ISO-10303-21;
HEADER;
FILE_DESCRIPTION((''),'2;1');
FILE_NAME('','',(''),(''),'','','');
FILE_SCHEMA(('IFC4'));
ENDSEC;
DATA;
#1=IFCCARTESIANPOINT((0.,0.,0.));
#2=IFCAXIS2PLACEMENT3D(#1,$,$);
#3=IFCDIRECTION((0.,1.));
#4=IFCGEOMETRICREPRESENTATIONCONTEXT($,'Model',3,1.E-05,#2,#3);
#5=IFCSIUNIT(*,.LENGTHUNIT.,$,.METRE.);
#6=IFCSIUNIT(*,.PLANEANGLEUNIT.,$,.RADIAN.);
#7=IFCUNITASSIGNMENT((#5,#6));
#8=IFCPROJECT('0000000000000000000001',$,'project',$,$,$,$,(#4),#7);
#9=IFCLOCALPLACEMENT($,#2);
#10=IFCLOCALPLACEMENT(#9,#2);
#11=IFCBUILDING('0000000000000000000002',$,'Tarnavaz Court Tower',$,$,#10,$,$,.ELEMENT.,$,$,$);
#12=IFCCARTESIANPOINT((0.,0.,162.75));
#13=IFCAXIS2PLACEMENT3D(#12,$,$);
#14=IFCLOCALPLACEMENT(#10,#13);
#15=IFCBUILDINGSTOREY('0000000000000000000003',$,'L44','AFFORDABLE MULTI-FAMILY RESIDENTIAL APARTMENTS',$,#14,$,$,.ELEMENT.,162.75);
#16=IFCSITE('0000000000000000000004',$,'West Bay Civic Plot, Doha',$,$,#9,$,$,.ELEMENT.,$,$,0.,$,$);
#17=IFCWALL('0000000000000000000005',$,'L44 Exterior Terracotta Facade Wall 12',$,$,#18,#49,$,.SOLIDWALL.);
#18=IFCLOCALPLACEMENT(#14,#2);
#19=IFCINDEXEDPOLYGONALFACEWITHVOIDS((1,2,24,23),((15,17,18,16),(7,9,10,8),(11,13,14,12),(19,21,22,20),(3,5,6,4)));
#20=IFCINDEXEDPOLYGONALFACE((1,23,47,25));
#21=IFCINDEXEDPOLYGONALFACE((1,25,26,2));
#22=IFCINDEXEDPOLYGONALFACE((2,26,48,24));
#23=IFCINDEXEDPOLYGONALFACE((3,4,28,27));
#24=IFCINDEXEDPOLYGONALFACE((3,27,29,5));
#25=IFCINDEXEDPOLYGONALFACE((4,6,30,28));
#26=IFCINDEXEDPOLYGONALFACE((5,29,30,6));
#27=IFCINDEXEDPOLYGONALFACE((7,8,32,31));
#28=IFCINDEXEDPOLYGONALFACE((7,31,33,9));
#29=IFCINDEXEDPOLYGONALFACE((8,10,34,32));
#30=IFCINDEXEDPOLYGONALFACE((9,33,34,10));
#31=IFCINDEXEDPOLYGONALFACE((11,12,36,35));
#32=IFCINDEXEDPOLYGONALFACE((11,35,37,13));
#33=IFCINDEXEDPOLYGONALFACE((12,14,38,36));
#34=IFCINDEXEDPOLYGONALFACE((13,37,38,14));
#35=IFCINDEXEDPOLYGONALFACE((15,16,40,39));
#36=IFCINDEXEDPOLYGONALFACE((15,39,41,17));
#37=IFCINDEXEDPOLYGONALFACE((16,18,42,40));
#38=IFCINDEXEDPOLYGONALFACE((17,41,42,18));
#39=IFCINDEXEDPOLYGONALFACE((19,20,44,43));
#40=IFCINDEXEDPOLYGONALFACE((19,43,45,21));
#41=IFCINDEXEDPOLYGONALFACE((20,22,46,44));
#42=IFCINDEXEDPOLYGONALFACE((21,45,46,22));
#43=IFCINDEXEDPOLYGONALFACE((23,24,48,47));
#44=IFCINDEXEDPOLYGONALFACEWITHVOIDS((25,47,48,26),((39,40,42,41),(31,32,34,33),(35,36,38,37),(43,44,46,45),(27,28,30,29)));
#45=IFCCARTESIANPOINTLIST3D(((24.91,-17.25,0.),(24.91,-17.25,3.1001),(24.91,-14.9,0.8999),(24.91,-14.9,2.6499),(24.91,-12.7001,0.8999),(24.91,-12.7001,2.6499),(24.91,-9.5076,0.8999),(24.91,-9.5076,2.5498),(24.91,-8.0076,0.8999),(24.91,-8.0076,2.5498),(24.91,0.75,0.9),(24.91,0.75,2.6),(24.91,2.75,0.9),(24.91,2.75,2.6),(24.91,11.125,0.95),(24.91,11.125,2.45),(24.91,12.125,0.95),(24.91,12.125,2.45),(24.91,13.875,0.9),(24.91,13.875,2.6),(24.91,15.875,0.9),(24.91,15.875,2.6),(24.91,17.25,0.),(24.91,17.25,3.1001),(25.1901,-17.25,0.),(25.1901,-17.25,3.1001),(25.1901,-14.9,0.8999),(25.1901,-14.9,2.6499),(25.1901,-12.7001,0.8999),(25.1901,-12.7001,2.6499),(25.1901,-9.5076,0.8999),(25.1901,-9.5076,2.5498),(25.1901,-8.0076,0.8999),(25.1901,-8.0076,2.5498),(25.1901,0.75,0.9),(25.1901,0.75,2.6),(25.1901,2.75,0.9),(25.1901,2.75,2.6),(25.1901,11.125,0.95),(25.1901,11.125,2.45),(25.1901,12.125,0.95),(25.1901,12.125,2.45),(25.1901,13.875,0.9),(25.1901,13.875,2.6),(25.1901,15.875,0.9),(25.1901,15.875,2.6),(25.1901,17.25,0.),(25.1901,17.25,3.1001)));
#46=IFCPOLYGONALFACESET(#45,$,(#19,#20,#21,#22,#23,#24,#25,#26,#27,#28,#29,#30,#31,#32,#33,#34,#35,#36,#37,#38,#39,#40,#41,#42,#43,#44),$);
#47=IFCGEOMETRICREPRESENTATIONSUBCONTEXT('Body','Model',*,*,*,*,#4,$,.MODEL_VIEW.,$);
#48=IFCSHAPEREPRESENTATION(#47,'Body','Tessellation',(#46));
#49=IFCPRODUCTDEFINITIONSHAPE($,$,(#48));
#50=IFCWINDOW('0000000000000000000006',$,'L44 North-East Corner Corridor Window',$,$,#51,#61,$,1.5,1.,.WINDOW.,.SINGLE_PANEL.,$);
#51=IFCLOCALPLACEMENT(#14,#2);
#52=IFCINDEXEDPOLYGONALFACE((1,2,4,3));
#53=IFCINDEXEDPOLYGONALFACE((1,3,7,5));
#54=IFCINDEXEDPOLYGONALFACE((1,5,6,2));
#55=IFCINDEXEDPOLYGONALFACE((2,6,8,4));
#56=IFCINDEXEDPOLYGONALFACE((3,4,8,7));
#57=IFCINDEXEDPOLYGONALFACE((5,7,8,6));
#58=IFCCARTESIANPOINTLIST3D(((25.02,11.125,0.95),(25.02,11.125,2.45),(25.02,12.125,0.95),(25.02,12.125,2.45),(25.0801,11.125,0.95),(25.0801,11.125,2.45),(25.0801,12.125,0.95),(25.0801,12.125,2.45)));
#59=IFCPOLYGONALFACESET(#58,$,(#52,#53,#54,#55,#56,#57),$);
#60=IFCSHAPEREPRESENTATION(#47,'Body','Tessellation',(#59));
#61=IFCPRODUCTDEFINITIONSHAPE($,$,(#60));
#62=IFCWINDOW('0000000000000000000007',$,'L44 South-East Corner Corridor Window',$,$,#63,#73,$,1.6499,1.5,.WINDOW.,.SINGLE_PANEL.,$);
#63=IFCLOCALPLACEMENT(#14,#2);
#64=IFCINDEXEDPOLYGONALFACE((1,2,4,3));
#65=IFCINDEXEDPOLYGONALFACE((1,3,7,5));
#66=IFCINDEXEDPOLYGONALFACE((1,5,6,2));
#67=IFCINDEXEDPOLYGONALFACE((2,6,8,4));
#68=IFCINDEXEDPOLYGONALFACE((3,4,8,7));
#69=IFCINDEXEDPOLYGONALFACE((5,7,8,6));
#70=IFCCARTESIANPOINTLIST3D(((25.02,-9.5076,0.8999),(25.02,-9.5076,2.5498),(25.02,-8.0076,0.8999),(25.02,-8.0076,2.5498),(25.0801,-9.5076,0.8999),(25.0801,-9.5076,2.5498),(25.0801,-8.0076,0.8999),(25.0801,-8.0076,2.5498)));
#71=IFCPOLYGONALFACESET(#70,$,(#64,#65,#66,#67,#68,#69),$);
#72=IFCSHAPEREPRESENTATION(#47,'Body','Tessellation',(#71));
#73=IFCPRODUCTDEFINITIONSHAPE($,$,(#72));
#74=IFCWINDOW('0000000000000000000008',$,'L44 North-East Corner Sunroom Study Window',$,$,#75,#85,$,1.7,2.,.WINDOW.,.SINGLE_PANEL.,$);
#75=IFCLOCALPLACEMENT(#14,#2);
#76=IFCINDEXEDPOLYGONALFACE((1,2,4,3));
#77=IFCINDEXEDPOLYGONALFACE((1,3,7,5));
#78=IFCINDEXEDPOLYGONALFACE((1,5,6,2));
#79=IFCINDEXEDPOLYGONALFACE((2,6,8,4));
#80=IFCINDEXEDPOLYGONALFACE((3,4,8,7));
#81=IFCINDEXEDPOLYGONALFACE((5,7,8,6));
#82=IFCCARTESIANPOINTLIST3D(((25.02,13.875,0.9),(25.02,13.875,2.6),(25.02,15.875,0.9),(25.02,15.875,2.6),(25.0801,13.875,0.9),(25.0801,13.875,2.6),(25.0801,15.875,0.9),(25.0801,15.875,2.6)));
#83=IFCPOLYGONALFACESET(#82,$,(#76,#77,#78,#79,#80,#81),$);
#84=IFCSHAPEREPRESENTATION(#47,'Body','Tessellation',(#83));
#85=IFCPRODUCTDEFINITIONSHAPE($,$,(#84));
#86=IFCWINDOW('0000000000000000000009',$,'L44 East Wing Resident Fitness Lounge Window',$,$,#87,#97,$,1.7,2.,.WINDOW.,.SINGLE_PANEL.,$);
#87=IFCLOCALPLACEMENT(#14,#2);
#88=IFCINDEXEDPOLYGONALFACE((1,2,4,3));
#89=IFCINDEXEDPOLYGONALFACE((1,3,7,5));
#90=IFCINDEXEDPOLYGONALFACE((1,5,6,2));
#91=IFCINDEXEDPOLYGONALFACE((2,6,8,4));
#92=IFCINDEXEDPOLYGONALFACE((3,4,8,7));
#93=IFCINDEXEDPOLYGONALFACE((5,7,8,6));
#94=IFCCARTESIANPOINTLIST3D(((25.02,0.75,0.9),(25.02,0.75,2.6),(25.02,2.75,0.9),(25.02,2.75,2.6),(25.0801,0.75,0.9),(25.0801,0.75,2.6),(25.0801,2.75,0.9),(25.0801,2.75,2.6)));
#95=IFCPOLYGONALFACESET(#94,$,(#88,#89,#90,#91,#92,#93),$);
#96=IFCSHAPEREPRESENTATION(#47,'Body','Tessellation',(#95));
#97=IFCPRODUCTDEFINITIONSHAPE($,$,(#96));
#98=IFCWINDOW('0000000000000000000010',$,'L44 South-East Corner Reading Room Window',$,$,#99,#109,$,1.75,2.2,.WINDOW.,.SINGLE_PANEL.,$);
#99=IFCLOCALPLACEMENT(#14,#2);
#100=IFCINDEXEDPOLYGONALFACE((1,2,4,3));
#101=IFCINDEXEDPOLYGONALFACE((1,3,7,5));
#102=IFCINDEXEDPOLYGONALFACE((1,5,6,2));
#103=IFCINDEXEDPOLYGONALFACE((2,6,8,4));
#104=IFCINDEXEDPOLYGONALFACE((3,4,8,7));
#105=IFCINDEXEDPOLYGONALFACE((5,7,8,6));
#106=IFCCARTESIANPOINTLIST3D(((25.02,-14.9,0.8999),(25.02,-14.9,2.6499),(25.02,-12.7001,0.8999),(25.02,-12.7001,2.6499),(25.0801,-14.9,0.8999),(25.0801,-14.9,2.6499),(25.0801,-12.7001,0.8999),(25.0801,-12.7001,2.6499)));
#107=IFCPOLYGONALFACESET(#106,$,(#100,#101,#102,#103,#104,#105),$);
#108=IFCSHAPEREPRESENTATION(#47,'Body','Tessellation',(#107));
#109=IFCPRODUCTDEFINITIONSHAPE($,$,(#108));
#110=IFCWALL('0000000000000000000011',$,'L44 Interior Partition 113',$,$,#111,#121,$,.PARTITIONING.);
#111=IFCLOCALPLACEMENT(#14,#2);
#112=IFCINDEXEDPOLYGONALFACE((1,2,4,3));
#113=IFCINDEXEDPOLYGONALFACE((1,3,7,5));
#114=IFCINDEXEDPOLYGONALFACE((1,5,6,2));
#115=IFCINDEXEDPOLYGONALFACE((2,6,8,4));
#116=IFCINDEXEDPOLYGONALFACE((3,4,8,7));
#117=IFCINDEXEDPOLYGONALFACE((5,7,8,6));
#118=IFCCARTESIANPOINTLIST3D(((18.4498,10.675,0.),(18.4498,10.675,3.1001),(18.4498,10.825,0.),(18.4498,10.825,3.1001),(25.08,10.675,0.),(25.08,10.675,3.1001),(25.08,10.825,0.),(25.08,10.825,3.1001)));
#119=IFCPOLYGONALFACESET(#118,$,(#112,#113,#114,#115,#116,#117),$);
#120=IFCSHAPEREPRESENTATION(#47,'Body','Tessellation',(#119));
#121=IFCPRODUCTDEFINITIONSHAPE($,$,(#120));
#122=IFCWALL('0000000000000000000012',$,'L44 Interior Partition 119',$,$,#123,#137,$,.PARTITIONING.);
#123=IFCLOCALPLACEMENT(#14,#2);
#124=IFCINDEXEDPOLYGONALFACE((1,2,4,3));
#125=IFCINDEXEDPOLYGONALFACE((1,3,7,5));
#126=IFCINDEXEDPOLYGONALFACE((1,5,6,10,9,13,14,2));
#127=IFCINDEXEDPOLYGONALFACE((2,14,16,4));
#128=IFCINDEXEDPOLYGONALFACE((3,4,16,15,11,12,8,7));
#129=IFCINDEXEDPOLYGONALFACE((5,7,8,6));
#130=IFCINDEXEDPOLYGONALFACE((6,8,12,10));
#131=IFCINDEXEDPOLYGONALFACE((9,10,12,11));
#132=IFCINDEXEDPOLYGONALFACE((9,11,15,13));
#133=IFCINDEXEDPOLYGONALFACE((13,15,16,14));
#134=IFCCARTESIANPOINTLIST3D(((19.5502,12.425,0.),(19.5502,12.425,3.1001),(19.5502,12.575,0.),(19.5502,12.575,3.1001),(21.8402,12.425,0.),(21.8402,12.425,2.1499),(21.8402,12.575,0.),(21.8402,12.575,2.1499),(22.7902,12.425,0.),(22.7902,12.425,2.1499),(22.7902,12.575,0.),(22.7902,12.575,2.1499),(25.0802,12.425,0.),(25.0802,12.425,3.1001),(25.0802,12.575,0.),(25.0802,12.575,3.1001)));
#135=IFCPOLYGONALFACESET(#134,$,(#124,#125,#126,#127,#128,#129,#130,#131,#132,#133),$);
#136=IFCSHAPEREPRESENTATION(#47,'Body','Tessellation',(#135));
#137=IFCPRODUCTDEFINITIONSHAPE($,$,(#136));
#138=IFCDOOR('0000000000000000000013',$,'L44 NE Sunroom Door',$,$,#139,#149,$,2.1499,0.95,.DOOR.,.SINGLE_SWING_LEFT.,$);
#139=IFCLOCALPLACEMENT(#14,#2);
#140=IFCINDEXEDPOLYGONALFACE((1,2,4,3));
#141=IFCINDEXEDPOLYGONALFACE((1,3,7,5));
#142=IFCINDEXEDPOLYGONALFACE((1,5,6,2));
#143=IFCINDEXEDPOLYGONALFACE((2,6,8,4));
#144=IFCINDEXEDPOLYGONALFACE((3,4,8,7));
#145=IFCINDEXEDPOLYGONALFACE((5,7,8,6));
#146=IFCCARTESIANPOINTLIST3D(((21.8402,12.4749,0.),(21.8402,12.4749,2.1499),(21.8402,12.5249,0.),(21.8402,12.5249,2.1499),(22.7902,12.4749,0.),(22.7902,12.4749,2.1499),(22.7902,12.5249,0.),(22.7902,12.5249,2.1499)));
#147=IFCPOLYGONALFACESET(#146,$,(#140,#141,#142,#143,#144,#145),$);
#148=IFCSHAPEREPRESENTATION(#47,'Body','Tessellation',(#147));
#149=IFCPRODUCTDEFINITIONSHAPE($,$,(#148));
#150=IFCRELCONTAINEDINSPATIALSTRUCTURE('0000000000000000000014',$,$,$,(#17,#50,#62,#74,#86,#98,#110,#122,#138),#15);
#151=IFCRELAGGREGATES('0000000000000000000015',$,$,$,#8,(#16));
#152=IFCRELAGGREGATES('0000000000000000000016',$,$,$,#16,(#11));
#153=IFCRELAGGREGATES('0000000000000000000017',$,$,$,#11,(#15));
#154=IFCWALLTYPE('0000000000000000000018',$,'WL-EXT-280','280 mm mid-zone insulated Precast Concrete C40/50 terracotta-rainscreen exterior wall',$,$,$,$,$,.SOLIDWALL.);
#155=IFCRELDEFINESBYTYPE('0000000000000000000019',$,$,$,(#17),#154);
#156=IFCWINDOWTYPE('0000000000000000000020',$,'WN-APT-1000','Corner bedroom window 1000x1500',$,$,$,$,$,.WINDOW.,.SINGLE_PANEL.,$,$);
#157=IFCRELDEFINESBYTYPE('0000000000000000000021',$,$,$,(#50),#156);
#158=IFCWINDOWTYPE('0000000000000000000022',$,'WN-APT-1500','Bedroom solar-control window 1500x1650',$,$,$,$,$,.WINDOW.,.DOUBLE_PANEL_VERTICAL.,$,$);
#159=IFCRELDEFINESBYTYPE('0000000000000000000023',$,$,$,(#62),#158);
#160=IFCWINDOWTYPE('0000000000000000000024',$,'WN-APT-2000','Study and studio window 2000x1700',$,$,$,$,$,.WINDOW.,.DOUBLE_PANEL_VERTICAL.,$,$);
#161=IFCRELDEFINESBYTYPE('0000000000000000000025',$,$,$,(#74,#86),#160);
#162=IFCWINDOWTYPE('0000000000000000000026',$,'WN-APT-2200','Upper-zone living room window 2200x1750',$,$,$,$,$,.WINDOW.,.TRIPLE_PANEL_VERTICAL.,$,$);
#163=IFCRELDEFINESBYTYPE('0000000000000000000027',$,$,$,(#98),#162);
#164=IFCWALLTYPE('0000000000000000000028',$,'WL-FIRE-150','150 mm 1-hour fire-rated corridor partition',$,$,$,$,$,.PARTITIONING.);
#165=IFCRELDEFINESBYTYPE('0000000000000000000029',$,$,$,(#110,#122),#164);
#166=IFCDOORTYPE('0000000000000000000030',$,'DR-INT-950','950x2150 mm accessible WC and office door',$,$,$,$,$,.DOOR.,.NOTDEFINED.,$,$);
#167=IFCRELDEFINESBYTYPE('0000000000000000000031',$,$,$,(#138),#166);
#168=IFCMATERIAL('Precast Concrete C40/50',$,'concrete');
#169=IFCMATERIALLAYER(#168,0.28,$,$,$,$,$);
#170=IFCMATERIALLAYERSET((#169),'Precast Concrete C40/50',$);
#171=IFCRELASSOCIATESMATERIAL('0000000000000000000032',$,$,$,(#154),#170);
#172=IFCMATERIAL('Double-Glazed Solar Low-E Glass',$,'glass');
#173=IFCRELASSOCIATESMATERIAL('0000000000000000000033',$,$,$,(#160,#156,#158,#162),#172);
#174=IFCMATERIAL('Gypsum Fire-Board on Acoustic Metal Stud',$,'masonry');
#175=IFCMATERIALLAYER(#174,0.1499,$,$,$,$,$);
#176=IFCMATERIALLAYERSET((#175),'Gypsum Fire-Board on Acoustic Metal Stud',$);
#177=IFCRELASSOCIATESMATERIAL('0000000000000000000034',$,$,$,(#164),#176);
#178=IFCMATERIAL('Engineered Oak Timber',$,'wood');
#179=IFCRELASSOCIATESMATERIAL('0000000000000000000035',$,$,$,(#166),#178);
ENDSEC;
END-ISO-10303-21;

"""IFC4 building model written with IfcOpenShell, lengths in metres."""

from ifc_helpers import new_model, si_unit, direction, frame, frame_2d, origin, place, context, subcontext, project, spatial, rectangle, extrude, material, layer, layer_set, type_object, element, fill, save


model = new_model("IFC4")

# Units and contexts
model_context = context("Model", 3, precision=1e-05, world=origin(), true_north=direction((0.0, 1.0)))
body_context = subcontext(model_context, "Body", "Model", "MODEL_VIEW")
ifc_project = project(units=[si_unit("LENGTHUNIT", "METRE"), si_unit("PLANEANGLEUNIT", "RADIAN")], contexts=[model_context])

# Site, building, storey
site_placement = place(None, origin())
site = spatial("IfcSite", under=ifc_project, at=site_placement, Name="West Bay Civic Plot, Doha", CompositionType="ELEMENT", RefElevation=0.0)
building_placement = place(site_placement, origin())
building = spatial("IfcBuilding", under=site, at=building_placement, Name="Tarnavaz Court Tower", CompositionType="ELEMENT")
storey_placement = place(building_placement, frame((0.0, 0.0, 162.75)))
storey = spatial("IfcBuildingStorey", under=building, at=storey_placement, Name="L44", Description="AFFORDABLE MULTI-FAMILY RESIDENTIAL APARTMENTS", CompositionType="ELEMENT", Elevation=162.75)

# Shared definitions
ifc_material_1 = material(Name="Precast Concrete C40/50", Category="concrete")
ifc_layer_1 = layer(ifc_material_1, 0.28)
ifc_layer_set_1 = layer_set([ifc_layer_1], Name="Precast Concrete C40/50")
wall_type_1 = type_object("IfcWallType", Name="WL-EXT-280", Description="280 mm mid-zone insulated Precast Concrete C40/50 terracotta-rainscreen exterior wall", PredefinedType="SOLIDWALL", material=ifc_layer_set_1)
ifc_material_2 = material(Name="Double-Glazed Solar Low-E Glass", Category="glass")
window_type_1 = type_object("IfcWindowType", Name="WN-APT-2000", Description="Study and studio window 2000x1700", PartitioningType="DOUBLE_PANEL_VERTICAL", PredefinedType="WINDOW", material=ifc_material_2)

# Wall, openings, windows
wall_1_placement = place(storey_placement, frame((25.05, 17.25, 0.0), z_axis=(0.0, 0.0, 1.0), x_axis=(0.0, -1.0, 0.0)))
wall_1 = element("IfcWall", 1, at=wall_1_placement, inside=storey, type_object=wall_type_1, Name="L44 Exterior Terracotta Facade Wall 12", PredefinedType="SOLIDWALL", context=body_context, shape_type="SweptSolid", body=[
    extrude(rectangle(XDim=34.5, YDim=0.28, at=frame_2d((17.25, 0.0))), origin(), (0.0, 0.0, 1.0), 3.1001),
])
opening_1_placement = place(wall_1_placement, frame((1.375, 0.0, 0.8999)))
opening_1 = element("IfcOpeningElement", 2, at=opening_1_placement, cuts=wall_1, PredefinedType="OPENING", context=body_context, shape_type="SweptSolid", body=[
    extrude(rectangle(XDim=2.0, YDim=1.7, at=frame_2d((1.0, 0.8501))), frame((0.0, 0.1499, 0.0), z_axis=(0.0, -1.0, 0.0), x_axis=(1.0, 0.0, 0.0)), (0.0, 0.0, 1.0), 0.3),
])
opening_2_placement = place(wall_1_placement, frame((5.125, 0.0, 0.95)))
opening_2 = element("IfcOpeningElement", 3, at=opening_2_placement, cuts=wall_1, PredefinedType="OPENING", context=body_context, shape_type="SweptSolid", body=[
    extrude(rectangle(XDim=1.0, YDim=1.5, at=frame_2d((0.5, 0.75))), frame((0.0, 0.1499, 0.0), z_axis=(0.0, -1.0, 0.0), x_axis=(1.0, 0.0, 0.0)), (0.0, 0.0, 1.0), 0.3),
])
opening_3_placement = place(wall_1_placement, frame((14.5, 0.0, 0.8999)))
opening_3 = element("IfcOpeningElement", 4, at=opening_3_placement, cuts=wall_1, PredefinedType="OPENING", context=body_context, shape_type="SweptSolid", body=[
    extrude(rectangle(XDim=2.0, YDim=1.7, at=frame_2d((1.0, 0.8501))), frame((0.0, 0.1499, 0.0), z_axis=(0.0, -1.0, 0.0), x_axis=(1.0, 0.0, 0.0)), (0.0, 0.0, 1.0), 0.3),
])
opening_4_placement = place(wall_1_placement, frame((25.2576, 0.0, 0.8999)))
opening_4 = element("IfcOpeningElement", 5, at=opening_4_placement, cuts=wall_1, PredefinedType="OPENING", context=body_context, shape_type="SweptSolid", body=[
    extrude(rectangle(XDim=1.5, YDim=1.6499, at=frame_2d((0.75, 0.825))), frame((0.0, 0.1499, 0.0), z_axis=(0.0, -1.0, 0.0), x_axis=(1.0, 0.0, 0.0)), (0.0, 0.0, 1.0), 0.3),
])
opening_5_placement = place(wall_1_placement, frame((29.95, 0.0, 0.8999)))
opening_5 = element("IfcOpeningElement", 6, at=opening_5_placement, cuts=wall_1, PredefinedType="OPENING", context=body_context, shape_type="SweptSolid", body=[
    extrude(rectangle(XDim=2.2, YDim=1.75, at=frame_2d((1.1001, 0.875))), frame((0.0, 0.1499, 0.0), z_axis=(0.0, -1.0, 0.0), x_axis=(1.0, 0.0, 0.0)), (0.0, 0.0, 1.0), 0.3),
])
window_type_2 = type_object("IfcWindowType", Name="WN-APT-1000", Description="Corner bedroom window 1000x1500", PartitioningType="SINGLE_PANEL", PredefinedType="WINDOW", material=ifc_material_2)
window_1_placement = place(opening_2_placement, origin())
window_1 = element("IfcWindow", 7, at=window_1_placement, inside=storey, type_object=window_type_2, Name="L44 North-East Corner Corridor Window", OverallHeight=1.5, OverallWidth=1.0, PartitioningType="SINGLE_PANEL", PredefinedType="WINDOW", context=body_context, shape_type="SweptSolid", body=[
    extrude(rectangle(XDim=1.0, YDim=1.5, at=frame_2d((0.5, 0.75))), frame((0.0, 0.03, 0.0), z_axis=(0.0, -1.0, 0.0), x_axis=(1.0, 0.0, 0.0)), (0.0, 0.0, 1.0), 0.0601),
])
fill(opening_2, window_1)
window_type_3 = type_object("IfcWindowType", Name="WN-APT-1500", Description="Bedroom solar-control window 1500x1650", PartitioningType="DOUBLE_PANEL_VERTICAL", PredefinedType="WINDOW", material=ifc_material_2)
window_2_placement = place(opening_4_placement, origin())
window_2 = element("IfcWindow", 8, at=window_2_placement, inside=storey, type_object=window_type_3, Name="L44 South-East Corner Corridor Window", OverallHeight=1.6499, OverallWidth=1.5, PartitioningType="SINGLE_PANEL", PredefinedType="WINDOW", context=body_context, shape_type="SweptSolid", body=[
    extrude(rectangle(XDim=1.5, YDim=1.6499, at=frame_2d((0.75, 0.825))), frame((0.0, 0.03, 0.0), z_axis=(0.0, -1.0, 0.0), x_axis=(1.0, 0.0, 0.0)), (0.0, 0.0, 1.0), 0.0601),
])
fill(opening_4, window_2)
window_3_placement = place(opening_1_placement, origin())
window_3 = element("IfcWindow", 9, at=window_3_placement, inside=storey, type_object=window_type_1, Name="L44 North-East Corner Sunroom Study Window", OverallHeight=1.7, OverallWidth=2.0, PartitioningType="SINGLE_PANEL", PredefinedType="WINDOW", context=body_context, shape_type="SweptSolid", body=[
    extrude(rectangle(XDim=2.0, YDim=1.7, at=frame_2d((1.0, 0.8501))), frame((0.0, 0.03, 0.0), z_axis=(0.0, -1.0, 0.0), x_axis=(1.0, 0.0, 0.0)), (0.0, 0.0, 1.0), 0.0601),
])
fill(opening_1, window_3)
window_4_placement = place(opening_3_placement, origin())
window_4 = element("IfcWindow", 10, at=window_4_placement, inside=storey, type_object=window_type_1, Name="L44 East Wing Resident Fitness Lounge Window", OverallHeight=1.7, OverallWidth=2.0, PartitioningType="SINGLE_PANEL", PredefinedType="WINDOW", context=body_context, shape_type="SweptSolid", body=[
    extrude(rectangle(XDim=2.0, YDim=1.7, at=frame_2d((1.0, 0.8501))), frame((0.0, 0.03, 0.0), z_axis=(0.0, -1.0, 0.0), x_axis=(1.0, 0.0, 0.0)), (0.0, 0.0, 1.0), 0.0601),
])
fill(opening_3, window_4)
window_type_4 = type_object("IfcWindowType", Name="WN-APT-2200", Description="Upper-zone living room window 2200x1750", PartitioningType="TRIPLE_PANEL_VERTICAL", PredefinedType="WINDOW", material=ifc_material_2)
window_5_placement = place(opening_5_placement, origin())
window_5 = element("IfcWindow", 11, at=window_5_placement, inside=storey, type_object=window_type_4, Name="L44 South-East Corner Reading Room Window", OverallHeight=1.75, OverallWidth=2.2, PartitioningType="SINGLE_PANEL", PredefinedType="WINDOW", context=body_context, shape_type="SweptSolid", body=[
    extrude(rectangle(XDim=2.2, YDim=1.75, at=frame_2d((1.1001, 0.875))), frame((0.0, 0.03, 0.0), z_axis=(0.0, -1.0, 0.0), x_axis=(1.0, 0.0, 0.0)), (0.0, 0.0, 1.0), 0.0601),
])
fill(opening_5, window_5)

# Wall
ifc_material_3 = material(Name="Gypsum Fire-Board on Acoustic Metal Stud", Category="masonry")
ifc_layer_2 = layer(ifc_material_3, 0.1499)
ifc_layer_set_2 = layer_set([ifc_layer_2], Name="Gypsum Fire-Board on Acoustic Metal Stud")
wall_type_2 = type_object("IfcWallType", Name="WL-FIRE-150", Description="150 mm 1-hour fire-rated corridor partition", PredefinedType="PARTITIONING", material=ifc_layer_set_2)
wall_2_placement = place(storey_placement, frame((18.45, 10.75, 0.0), z_axis=(0.0, 0.0, 1.0), x_axis=(1.0, 0.0, 0.0)))
element("IfcWall", 12, at=wall_2_placement, inside=storey, type_object=wall_type_2, Name="L44 Interior Partition 113", PredefinedType="PARTITIONING", context=body_context, shape_type="SweptSolid", body=[
    extrude(rectangle(XDim=6.6301, YDim=0.1499, at=frame_2d((3.3149, 0.0))), origin(), (0.0, 0.0, 1.0), 3.1001),
])

# Wall, opening, door
wall_3_placement = place(storey_placement, frame((19.55, 12.5, 0.0), z_axis=(0.0, 0.0, 1.0), x_axis=(1.0, 0.0, 0.0)))
wall_3 = element("IfcWall", 13, at=wall_3_placement, inside=storey, type_object=wall_type_2, Name="L44 Interior Partition 119", PredefinedType="PARTITIONING", context=body_context, shape_type="SweptSolid", body=[
    extrude(rectangle(XDim=5.53, YDim=0.1499, at=frame_2d((2.7651, 0.0))), origin(), (0.0, 0.0, 1.0), 3.1001),
])
opening_6_placement = place(wall_3_placement, frame((2.29, 0.0, 0.0)))
opening_6 = element("IfcOpeningElement", 14, at=opening_6_placement, cuts=wall_3, PredefinedType="OPENING", context=body_context, shape_type="SweptSolid", body=[
    extrude(rectangle(XDim=0.95, YDim=2.1499, at=frame_2d((0.4751, 1.075))), frame((0.0, 0.085, 0.0), z_axis=(0.0, -1.0, 0.0), x_axis=(1.0, 0.0, 0.0)), (0.0, 0.0, 1.0), 0.1699),
])
ifc_material_4 = material(Name="Engineered Oak Timber", Category="wood")
door_type_1 = type_object("IfcDoorType", Name="DR-INT-950", Description="950x2150 mm accessible WC and office door", OperationType="NOTDEFINED", PredefinedType="DOOR", material=ifc_material_4)
door_1_placement = place(opening_6_placement, origin())
door_1 = element("IfcDoor", 15, at=door_1_placement, inside=storey, type_object=door_type_1, Name="L44 NE Sunroom Door", OperationType="SINGLE_SWING_LEFT", OverallHeight=2.1499, OverallWidth=0.95, PredefinedType="DOOR", context=body_context, shape_type="SweptSolid", body=[
    extrude(rectangle(XDim=0.95, YDim=2.1499, at=frame_2d((0.4751, 1.075))), frame((0.0, 0.0249, 0.0), z_axis=(0.0, -1.0, 0.0), x_axis=(1.0, 0.0, 0.0)), (0.0, 0.0, 1.0), 0.05),
])
fill(opening_6, door_1)

save(model, "model.ifc")
